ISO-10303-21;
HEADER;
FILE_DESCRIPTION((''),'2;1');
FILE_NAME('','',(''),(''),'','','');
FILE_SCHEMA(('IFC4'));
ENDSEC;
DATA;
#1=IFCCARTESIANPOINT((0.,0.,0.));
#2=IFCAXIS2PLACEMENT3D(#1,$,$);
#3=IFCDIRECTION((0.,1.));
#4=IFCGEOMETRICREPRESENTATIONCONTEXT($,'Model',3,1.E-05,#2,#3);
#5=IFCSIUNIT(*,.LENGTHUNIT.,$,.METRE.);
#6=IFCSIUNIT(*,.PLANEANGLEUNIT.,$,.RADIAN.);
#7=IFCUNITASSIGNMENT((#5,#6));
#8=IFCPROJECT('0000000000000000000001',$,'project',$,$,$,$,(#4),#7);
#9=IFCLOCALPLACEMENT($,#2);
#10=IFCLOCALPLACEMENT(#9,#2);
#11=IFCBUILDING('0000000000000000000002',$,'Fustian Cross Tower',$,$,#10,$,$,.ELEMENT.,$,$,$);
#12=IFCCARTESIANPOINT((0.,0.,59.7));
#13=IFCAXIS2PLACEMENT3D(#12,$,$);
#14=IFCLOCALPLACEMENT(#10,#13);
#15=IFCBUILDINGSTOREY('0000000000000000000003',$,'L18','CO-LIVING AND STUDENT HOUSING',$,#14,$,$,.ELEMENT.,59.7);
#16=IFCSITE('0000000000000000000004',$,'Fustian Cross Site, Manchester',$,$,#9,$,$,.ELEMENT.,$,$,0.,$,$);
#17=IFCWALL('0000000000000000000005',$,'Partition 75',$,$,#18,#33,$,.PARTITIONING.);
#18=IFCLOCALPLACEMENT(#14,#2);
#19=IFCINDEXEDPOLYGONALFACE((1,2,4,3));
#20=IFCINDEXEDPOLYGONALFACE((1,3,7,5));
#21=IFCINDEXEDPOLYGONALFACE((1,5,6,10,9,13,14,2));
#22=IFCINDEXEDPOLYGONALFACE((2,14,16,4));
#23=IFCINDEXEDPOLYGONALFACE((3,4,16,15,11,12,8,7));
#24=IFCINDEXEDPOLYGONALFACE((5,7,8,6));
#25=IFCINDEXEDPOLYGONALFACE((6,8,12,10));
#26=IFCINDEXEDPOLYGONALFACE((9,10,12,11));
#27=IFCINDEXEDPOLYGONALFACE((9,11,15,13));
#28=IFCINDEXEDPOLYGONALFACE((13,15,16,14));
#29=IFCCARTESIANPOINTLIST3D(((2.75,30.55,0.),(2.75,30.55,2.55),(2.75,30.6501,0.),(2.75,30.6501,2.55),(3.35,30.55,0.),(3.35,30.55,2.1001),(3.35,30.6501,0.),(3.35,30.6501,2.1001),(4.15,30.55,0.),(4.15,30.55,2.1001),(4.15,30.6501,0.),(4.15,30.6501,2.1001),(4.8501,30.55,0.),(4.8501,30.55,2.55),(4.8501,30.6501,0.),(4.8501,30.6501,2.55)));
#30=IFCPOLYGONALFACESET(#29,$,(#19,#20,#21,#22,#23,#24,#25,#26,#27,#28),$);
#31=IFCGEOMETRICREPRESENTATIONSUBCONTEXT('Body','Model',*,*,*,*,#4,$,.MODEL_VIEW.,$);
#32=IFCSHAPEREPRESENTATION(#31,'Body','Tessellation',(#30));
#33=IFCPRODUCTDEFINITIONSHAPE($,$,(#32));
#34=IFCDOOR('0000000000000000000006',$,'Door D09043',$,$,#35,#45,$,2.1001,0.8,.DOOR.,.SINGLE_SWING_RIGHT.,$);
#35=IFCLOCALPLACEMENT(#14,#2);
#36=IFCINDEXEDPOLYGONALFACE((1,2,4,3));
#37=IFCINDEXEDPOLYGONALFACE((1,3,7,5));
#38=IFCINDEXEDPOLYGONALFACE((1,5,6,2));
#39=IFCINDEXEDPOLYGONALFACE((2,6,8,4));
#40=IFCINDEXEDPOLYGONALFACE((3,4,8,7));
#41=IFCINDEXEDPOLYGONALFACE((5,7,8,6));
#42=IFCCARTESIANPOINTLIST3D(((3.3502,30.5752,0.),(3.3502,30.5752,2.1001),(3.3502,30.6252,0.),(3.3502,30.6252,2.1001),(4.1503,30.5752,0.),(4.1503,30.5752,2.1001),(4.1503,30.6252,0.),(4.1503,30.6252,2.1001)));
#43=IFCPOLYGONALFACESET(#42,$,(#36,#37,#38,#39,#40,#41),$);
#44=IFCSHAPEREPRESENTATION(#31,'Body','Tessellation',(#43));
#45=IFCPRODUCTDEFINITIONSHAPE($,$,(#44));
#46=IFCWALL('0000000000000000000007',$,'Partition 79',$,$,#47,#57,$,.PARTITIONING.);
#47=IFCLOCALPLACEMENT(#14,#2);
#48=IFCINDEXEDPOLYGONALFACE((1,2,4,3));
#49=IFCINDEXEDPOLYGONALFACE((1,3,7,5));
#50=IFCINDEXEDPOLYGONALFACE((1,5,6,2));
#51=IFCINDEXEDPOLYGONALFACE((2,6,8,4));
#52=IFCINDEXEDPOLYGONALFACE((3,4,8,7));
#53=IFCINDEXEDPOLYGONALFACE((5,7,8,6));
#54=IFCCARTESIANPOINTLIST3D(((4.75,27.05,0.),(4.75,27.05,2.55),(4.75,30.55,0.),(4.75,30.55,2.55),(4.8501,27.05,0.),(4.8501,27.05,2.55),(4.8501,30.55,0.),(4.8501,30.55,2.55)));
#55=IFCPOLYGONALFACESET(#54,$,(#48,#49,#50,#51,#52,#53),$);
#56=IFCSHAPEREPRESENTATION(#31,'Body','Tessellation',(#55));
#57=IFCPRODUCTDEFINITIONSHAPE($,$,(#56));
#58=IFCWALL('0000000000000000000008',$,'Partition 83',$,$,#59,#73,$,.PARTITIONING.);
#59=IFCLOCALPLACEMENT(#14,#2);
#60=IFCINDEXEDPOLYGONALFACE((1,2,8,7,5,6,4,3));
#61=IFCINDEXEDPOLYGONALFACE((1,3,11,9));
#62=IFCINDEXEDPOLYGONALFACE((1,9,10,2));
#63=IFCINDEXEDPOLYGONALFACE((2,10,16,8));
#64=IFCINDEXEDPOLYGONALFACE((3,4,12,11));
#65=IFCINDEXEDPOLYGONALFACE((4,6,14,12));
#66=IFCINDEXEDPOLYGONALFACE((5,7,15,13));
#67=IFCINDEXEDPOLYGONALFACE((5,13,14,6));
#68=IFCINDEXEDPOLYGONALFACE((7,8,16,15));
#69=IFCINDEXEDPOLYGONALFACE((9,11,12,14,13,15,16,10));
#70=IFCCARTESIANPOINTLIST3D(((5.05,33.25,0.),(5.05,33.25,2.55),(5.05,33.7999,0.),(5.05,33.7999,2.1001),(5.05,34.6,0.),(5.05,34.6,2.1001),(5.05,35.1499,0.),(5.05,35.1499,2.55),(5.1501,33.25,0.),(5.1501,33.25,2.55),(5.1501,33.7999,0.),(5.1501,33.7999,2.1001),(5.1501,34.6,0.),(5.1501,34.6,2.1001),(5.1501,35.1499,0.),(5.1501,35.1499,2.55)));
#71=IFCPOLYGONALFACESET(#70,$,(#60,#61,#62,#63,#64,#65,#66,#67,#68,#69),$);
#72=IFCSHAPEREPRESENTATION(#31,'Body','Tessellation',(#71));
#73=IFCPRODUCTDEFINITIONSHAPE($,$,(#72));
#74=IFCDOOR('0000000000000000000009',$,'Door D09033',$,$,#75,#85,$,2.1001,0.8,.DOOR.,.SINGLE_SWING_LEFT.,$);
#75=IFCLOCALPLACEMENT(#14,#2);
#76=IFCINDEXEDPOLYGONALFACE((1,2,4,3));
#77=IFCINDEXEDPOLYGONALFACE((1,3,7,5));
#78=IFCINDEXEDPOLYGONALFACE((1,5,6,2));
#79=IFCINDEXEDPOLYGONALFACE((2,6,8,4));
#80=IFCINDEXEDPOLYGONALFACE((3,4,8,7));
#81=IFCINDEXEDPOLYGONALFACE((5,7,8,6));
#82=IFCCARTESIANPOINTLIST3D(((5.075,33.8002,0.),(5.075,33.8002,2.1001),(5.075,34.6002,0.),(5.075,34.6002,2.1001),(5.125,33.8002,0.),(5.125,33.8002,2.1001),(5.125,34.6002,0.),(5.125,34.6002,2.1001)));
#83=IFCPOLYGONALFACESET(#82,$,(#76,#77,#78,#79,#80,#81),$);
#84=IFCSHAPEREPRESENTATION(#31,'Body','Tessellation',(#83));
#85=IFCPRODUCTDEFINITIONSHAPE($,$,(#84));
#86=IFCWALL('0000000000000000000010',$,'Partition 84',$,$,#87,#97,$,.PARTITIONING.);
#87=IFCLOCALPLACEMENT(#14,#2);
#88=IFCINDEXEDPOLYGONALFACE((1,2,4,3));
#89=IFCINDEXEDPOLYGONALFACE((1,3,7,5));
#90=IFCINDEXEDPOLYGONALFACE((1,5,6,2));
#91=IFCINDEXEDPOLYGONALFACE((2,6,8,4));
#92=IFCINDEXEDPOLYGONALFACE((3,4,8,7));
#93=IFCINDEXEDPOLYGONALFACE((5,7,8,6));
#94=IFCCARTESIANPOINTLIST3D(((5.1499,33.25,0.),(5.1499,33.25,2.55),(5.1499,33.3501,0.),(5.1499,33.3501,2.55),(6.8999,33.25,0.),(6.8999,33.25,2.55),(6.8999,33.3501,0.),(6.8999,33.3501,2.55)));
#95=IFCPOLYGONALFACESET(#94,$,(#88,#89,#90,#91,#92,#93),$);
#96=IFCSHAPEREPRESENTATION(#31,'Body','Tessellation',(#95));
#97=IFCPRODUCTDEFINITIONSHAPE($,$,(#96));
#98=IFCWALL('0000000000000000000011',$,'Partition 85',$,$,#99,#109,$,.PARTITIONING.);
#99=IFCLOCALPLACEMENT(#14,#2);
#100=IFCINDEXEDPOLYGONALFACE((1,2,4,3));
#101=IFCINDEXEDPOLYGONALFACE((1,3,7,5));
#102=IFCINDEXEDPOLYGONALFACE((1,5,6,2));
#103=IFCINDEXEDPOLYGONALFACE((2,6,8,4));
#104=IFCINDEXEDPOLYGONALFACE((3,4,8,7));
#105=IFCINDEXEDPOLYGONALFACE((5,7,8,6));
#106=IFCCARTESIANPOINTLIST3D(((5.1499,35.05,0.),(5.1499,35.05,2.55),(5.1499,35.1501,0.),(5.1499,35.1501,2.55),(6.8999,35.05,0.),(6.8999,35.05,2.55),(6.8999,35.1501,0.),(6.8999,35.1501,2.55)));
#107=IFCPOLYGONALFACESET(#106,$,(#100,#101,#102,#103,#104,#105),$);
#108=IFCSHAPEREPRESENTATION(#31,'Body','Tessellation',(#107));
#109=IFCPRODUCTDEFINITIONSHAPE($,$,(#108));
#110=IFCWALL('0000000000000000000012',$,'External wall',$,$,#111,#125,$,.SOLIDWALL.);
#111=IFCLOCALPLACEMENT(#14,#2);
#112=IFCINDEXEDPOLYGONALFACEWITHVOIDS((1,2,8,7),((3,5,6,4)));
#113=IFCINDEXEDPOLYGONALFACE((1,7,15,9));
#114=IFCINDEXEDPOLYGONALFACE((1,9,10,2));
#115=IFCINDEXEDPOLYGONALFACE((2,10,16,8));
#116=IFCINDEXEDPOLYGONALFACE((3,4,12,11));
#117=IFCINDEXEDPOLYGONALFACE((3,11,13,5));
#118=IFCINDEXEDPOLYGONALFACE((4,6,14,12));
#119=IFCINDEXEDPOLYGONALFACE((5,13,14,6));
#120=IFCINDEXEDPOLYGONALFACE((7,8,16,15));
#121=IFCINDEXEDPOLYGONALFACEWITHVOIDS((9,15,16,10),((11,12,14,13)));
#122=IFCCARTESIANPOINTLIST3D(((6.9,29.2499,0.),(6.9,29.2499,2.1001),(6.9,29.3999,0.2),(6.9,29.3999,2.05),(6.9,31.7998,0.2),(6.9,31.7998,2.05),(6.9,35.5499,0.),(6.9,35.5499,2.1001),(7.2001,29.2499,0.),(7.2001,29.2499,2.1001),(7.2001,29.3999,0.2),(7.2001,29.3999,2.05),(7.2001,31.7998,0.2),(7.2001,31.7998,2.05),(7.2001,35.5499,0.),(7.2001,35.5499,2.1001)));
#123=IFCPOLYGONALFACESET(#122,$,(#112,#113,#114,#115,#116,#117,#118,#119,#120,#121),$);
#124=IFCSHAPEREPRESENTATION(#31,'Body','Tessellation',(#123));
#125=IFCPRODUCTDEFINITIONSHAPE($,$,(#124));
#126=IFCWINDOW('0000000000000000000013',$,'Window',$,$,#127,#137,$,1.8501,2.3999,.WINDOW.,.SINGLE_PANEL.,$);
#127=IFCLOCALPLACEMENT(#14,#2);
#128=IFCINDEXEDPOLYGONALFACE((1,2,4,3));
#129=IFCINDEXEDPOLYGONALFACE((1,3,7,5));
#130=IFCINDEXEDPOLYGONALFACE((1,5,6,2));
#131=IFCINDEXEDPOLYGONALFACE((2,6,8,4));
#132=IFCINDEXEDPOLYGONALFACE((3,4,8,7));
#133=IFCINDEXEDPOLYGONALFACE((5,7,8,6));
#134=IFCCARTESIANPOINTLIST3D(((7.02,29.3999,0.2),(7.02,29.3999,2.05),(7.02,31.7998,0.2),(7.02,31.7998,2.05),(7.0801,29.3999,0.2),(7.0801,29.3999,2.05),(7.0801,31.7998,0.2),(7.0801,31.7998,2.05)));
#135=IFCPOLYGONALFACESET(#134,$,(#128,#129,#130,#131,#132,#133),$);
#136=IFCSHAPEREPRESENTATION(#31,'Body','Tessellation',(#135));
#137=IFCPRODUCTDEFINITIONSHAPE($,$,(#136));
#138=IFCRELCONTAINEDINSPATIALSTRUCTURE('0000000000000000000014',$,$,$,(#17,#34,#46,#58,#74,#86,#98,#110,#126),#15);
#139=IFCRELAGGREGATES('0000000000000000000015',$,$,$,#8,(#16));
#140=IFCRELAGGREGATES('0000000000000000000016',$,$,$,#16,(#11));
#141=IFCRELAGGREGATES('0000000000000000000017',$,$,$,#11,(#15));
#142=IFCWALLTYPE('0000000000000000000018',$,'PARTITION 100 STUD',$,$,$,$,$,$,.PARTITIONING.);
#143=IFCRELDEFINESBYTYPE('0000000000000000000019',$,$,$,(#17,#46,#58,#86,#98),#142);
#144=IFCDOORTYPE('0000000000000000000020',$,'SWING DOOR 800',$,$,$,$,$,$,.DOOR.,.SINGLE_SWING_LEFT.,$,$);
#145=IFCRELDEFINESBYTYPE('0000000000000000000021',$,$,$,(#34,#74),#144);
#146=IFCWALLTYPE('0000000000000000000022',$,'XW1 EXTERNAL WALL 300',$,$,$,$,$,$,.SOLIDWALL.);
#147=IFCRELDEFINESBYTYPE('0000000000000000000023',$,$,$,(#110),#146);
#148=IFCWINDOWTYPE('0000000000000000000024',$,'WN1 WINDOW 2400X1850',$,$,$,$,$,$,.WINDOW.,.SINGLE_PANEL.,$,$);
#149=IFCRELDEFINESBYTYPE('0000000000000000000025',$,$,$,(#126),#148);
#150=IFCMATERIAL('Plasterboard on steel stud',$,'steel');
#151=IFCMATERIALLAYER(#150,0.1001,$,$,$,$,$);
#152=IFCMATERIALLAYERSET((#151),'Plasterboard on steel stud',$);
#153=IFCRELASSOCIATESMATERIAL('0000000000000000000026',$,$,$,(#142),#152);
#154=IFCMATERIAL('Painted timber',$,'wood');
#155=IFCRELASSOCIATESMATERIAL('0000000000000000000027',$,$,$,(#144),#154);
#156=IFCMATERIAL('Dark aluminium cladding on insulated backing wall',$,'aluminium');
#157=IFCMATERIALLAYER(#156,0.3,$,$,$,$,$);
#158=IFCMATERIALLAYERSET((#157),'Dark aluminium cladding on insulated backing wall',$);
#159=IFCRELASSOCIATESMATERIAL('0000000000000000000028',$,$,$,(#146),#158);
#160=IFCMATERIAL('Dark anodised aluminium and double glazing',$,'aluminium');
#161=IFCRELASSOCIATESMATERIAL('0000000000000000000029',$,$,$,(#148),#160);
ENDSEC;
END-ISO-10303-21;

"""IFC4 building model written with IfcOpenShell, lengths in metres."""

from ifc_helpers import new_model, si_unit, direction, frame, frame_2d, origin, place, context, subcontext, project, spatial, rectangle, extrude, material, layer, layer_set, type_object, element, fill, save


model = new_model("IFC4")

# Units and contexts
model_context = context("Model", 3, precision=1e-05, world=origin(), true_north=direction((0.0, 1.0)))
body_context = subcontext(model_context, "Body", "Model", "MODEL_VIEW")
ifc_project = project(units=[si_unit("LENGTHUNIT", "METRE"), si_unit("PLANEANGLEUNIT", "RADIAN")], contexts=[model_context])

# Site, building, storey
site_placement = place(None, origin())
site = spatial("IfcSite", under=ifc_project, at=site_placement, Name="Fustian Cross Site, Manchester", CompositionType="ELEMENT", RefElevation=0.0)
building_placement = place(site_placement, origin())
building = spatial("IfcBuilding", under=site, at=building_placement, Name="Fustian Cross Tower", CompositionType="ELEMENT")
storey_placement = place(building_placement, frame((0.0, 0.0, 59.7)))
storey = spatial("IfcBuildingStorey", under=building, at=storey_placement, Name="L18", Description="CO-LIVING AND STUDENT HOUSING", CompositionType="ELEMENT", Elevation=59.7)

# Shared definitions
ifc_material_1 = material(Name="Plasterboard on steel stud", Category="steel")
ifc_layer_1 = layer(ifc_material_1, 0.1001)
ifc_layer_set_1 = layer_set([ifc_layer_1], Name="Plasterboard on steel stud")
wall_type_1 = type_object("IfcWallType", Name="PARTITION 100 STUD", PredefinedType="PARTITIONING", material=ifc_layer_set_1)
ifc_material_2 = material(Name="Painted timber", Category="wood")
door_type_1 = type_object("IfcDoorType", Name="SWING DOOR 800", OperationType="SINGLE_SWING_LEFT", PredefinedType="DOOR", material=ifc_material_2)

# Wall, opening, door
wall_1_placement = place(storey_placement, frame((2.75, 30.6001, 0.0), z_axis=(0.0, 0.0, 1.0), x_axis=(1.0, 0.0, 0.0)))
wall_1 = element("IfcWall", 1, at=wall_1_placement, inside=storey, type_object=wall_type_1, Name="Partition 75", PredefinedType="PARTITIONING", context=body_context, shape_type="SweptSolid", body=[
    extrude(rectangle(XDim=2.1001, YDim=0.1001, at=frame_2d((1.05, 0.0))), origin(), (0.0, 0.0, 1.0), 2.55),
])
opening_1_placement = place(wall_1_placement, frame((0.6001, 0.0, 0.0)))
opening_1 = element("IfcOpeningElement", 2, at=opening_1_placement, cuts=wall_1, PredefinedType="OPENING", context=body_context, shape_type="SweptSolid", body=[
    extrude(rectangle(XDim=0.8, YDim=2.1001, at=frame_2d((0.3999, 1.05))), frame((0.0, 0.0601, 0.0), z_axis=(0.0, -1.0, 0.0), x_axis=(1.0, 0.0, 0.0)), (0.0, 0.0, 1.0), 0.1201),
])
door_1_placement = place(opening_1_placement, frame((0.8, 0.0, 0.0), z_axis=(0.0, 0.0, 1.0), x_axis=(-1.0, 0.0, 0.0)))
door_1 = element("IfcDoor", 3, at=door_1_placement, inside=storey, type_object=door_type_1, Name="Door D09043", OperationType="SINGLE_SWING_RIGHT", OverallHeight=2.1001, OverallWidth=0.8, PredefinedType="DOOR", context=body_context, shape_type="SweptSolid", body=[
    extrude(rectangle(XDim=0.8, YDim=2.1001, at=frame_2d((0.3999, 1.05))), frame((0.0, 0.0249, 0.0), z_axis=(0.0, -1.0, 0.0), x_axis=(1.0, 0.0, 0.0)), (0.0, 0.0, 1.0), 0.05),
])
fill(opening_1, door_1)

# Wall
wall_2_placement = place(storey_placement, frame((4.8, 27.05, 0.0), z_axis=(0.0, 0.0, 1.0), x_axis=(0.0, 1.0, 0.0)))
element("IfcWall", 4, at=wall_2_placement, inside=storey, type_object=wall_type_1, Name="Partition 79", PredefinedType="PARTITIONING", context=body_context, shape_type="SweptSolid", body=[
    extrude(rectangle(XDim=3.5, YDim=0.1001, at=frame_2d((1.75, 0.0))), origin(), (0.0, 0.0, 1.0), 2.55),
])

# Wall, opening, door
wall_3_placement = place(storey_placement, frame((5.1001, 33.25, 0.0), z_axis=(0.0, 0.0, 1.0), x_axis=(0.0, 1.0, 0.0)))
wall_3 = element("IfcWall", 5, at=wall_3_placement, inside=storey, type_object=wall_type_1, Name="Partition 83", PredefinedType="PARTITIONING", context=body_context, shape_type="SweptSolid", body=[
    extrude(rectangle(XDim=1.8999, YDim=0.1001, at=frame_2d((0.95, 0.0))), origin(), (0.0, 0.0, 1.0), 2.55),
])
opening_2_placement = place(wall_3_placement, frame((0.55, 0.0, 0.0)))
opening_2 = element("IfcOpeningElement", 6, at=opening_2_placement, cuts=wall_3, PredefinedType="OPENING", context=body_context, shape_type="SweptSolid", body=[
    extrude(rectangle(XDim=0.8, YDim=2.1001, at=frame_2d((0.3999, 1.05))), frame((0.0, 0.0601, 0.0), z_axis=(0.0, -1.0, 0.0), x_axis=(1.0, 0.0, 0.0)), (0.0, 0.0, 1.0), 0.1201),
])
door_2_placement = place(opening_2_placement, frame((0.8, 0.0, 0.0), z_axis=(0.0, 0.0, 1.0), x_axis=(-1.0, 0.0, 0.0)))
door_2 = element("IfcDoor", 7, at=door_2_placement, inside=storey, type_object=door_type_1, Name="Door D09033", OperationType="SINGLE_SWING_LEFT", OverallHeight=2.1001, OverallWidth=0.8, PredefinedType="DOOR", context=body_context, shape_type="SweptSolid", body=[
    extrude(rectangle(XDim=0.8, YDim=2.1001, at=frame_2d((0.3999, 1.05))), frame((0.0, 0.0249, 0.0), z_axis=(0.0, -1.0, 0.0), x_axis=(1.0, 0.0, 0.0)), (0.0, 0.0, 1.0), 0.05),
])
fill(opening_2, door_2)

# Walls
for number, where, z_axis, x_axis, name in (
    (8, (5.1499, 33.3, 0.0), (0.0, 0.0, 1.0), (1.0, 0.0, 0.0), "Partition 84"),
    (9, (5.1499, 35.1001, 0.0), (0.0, 0.0, 1.0), (1.0, 0.0, 0.0), "Partition 85"),
):
    element("IfcWall", number, at=place(storey_placement, frame(where, z_axis=z_axis, x_axis=x_axis)), inside=storey, type_object=wall_type_1, Name=name, PredefinedType="PARTITIONING", context=body_context, shape_type="SweptSolid", body=[
        extrude(rectangle(XDim=1.75, YDim=0.1001, at=frame_2d((0.875, 0.0))), origin(), (0.0, 0.0, 1.0), 2.55),
    ])

# Wall, opening, window
ifc_material_3 = material(Name="Dark aluminium cladding on insulated backing wall", Category="aluminium")
ifc_layer_2 = layer(ifc_material_3, 0.3)
ifc_layer_set_2 = layer_set([ifc_layer_2], Name="Dark aluminium cladding on insulated backing wall")
wall_type_2 = type_object("IfcWallType", Name="XW1 EXTERNAL WALL 300", PredefinedType="SOLIDWALL", material=ifc_layer_set_2)
wall_4_placement = place(storey_placement, frame((7.05, 29.25, 0.0), z_axis=(0.0, 0.0, 1.0), x_axis=(0.0, 1.0, 0.0)))
wall_4 = element("IfcWall", 10, at=wall_4_placement, inside=storey, type_object=wall_type_2, Name="External wall", PredefinedType="SOLIDWALL", context=body_context, shape_type="SweptSolid", body=[
    extrude(rectangle(XDim=6.3, YDim=0.3, at=frame_2d((3.1499, 0.0))), origin(), (0.0, 0.0, 1.0), 2.1001),
])
opening_3_placement = place(wall_4_placement, frame((0.1499, 0.0, 0.2)))
opening_3 = element("IfcOpeningElement", 11, at=opening_3_placement, cuts=wall_4, PredefinedType="OPENING", context=body_context, shape_type="SweptSolid", body=[
    extrude(rectangle(XDim=2.3999, YDim=1.8501, at=frame_2d((1.2, 0.925))), frame((0.0, 0.1599, 0.0), z_axis=(0.0, -1.0, 0.0), x_axis=(1.0, 0.0, 0.0)), (0.0, 0.0, 1.0), 0.3201),
])
ifc_material_4 = material(Name="Dark anodised aluminium and double glazing", Category="aluminium")
window_type = type_object("IfcWindowType", Name="WN1 WINDOW 2400X1850", PartitioningType="SINGLE_PANEL", PredefinedType="WINDOW", material=ifc_material_4)
window_placement = place(opening_3_placement, origin())
window = element("IfcWindow", 12, at=window_placement, inside=storey, type_object=window_type, Name="Window", OverallHeight=1.8501, OverallWidth=2.3999, PartitioningType="SINGLE_PANEL", PredefinedType="WINDOW", context=body_context, shape_type="SweptSolid", body=[
    extrude(rectangle(XDim=2.3999, YDim=1.8501, at=frame_2d((1.2, 0.925))), frame((0.0, 0.03, 0.0), z_axis=(0.0, -1.0, 0.0), x_axis=(1.0, 0.0, 0.0)), (0.0, 0.0, 1.0), 0.0601),
])
fill(opening_3, window)

save(model, "model.ifc")
